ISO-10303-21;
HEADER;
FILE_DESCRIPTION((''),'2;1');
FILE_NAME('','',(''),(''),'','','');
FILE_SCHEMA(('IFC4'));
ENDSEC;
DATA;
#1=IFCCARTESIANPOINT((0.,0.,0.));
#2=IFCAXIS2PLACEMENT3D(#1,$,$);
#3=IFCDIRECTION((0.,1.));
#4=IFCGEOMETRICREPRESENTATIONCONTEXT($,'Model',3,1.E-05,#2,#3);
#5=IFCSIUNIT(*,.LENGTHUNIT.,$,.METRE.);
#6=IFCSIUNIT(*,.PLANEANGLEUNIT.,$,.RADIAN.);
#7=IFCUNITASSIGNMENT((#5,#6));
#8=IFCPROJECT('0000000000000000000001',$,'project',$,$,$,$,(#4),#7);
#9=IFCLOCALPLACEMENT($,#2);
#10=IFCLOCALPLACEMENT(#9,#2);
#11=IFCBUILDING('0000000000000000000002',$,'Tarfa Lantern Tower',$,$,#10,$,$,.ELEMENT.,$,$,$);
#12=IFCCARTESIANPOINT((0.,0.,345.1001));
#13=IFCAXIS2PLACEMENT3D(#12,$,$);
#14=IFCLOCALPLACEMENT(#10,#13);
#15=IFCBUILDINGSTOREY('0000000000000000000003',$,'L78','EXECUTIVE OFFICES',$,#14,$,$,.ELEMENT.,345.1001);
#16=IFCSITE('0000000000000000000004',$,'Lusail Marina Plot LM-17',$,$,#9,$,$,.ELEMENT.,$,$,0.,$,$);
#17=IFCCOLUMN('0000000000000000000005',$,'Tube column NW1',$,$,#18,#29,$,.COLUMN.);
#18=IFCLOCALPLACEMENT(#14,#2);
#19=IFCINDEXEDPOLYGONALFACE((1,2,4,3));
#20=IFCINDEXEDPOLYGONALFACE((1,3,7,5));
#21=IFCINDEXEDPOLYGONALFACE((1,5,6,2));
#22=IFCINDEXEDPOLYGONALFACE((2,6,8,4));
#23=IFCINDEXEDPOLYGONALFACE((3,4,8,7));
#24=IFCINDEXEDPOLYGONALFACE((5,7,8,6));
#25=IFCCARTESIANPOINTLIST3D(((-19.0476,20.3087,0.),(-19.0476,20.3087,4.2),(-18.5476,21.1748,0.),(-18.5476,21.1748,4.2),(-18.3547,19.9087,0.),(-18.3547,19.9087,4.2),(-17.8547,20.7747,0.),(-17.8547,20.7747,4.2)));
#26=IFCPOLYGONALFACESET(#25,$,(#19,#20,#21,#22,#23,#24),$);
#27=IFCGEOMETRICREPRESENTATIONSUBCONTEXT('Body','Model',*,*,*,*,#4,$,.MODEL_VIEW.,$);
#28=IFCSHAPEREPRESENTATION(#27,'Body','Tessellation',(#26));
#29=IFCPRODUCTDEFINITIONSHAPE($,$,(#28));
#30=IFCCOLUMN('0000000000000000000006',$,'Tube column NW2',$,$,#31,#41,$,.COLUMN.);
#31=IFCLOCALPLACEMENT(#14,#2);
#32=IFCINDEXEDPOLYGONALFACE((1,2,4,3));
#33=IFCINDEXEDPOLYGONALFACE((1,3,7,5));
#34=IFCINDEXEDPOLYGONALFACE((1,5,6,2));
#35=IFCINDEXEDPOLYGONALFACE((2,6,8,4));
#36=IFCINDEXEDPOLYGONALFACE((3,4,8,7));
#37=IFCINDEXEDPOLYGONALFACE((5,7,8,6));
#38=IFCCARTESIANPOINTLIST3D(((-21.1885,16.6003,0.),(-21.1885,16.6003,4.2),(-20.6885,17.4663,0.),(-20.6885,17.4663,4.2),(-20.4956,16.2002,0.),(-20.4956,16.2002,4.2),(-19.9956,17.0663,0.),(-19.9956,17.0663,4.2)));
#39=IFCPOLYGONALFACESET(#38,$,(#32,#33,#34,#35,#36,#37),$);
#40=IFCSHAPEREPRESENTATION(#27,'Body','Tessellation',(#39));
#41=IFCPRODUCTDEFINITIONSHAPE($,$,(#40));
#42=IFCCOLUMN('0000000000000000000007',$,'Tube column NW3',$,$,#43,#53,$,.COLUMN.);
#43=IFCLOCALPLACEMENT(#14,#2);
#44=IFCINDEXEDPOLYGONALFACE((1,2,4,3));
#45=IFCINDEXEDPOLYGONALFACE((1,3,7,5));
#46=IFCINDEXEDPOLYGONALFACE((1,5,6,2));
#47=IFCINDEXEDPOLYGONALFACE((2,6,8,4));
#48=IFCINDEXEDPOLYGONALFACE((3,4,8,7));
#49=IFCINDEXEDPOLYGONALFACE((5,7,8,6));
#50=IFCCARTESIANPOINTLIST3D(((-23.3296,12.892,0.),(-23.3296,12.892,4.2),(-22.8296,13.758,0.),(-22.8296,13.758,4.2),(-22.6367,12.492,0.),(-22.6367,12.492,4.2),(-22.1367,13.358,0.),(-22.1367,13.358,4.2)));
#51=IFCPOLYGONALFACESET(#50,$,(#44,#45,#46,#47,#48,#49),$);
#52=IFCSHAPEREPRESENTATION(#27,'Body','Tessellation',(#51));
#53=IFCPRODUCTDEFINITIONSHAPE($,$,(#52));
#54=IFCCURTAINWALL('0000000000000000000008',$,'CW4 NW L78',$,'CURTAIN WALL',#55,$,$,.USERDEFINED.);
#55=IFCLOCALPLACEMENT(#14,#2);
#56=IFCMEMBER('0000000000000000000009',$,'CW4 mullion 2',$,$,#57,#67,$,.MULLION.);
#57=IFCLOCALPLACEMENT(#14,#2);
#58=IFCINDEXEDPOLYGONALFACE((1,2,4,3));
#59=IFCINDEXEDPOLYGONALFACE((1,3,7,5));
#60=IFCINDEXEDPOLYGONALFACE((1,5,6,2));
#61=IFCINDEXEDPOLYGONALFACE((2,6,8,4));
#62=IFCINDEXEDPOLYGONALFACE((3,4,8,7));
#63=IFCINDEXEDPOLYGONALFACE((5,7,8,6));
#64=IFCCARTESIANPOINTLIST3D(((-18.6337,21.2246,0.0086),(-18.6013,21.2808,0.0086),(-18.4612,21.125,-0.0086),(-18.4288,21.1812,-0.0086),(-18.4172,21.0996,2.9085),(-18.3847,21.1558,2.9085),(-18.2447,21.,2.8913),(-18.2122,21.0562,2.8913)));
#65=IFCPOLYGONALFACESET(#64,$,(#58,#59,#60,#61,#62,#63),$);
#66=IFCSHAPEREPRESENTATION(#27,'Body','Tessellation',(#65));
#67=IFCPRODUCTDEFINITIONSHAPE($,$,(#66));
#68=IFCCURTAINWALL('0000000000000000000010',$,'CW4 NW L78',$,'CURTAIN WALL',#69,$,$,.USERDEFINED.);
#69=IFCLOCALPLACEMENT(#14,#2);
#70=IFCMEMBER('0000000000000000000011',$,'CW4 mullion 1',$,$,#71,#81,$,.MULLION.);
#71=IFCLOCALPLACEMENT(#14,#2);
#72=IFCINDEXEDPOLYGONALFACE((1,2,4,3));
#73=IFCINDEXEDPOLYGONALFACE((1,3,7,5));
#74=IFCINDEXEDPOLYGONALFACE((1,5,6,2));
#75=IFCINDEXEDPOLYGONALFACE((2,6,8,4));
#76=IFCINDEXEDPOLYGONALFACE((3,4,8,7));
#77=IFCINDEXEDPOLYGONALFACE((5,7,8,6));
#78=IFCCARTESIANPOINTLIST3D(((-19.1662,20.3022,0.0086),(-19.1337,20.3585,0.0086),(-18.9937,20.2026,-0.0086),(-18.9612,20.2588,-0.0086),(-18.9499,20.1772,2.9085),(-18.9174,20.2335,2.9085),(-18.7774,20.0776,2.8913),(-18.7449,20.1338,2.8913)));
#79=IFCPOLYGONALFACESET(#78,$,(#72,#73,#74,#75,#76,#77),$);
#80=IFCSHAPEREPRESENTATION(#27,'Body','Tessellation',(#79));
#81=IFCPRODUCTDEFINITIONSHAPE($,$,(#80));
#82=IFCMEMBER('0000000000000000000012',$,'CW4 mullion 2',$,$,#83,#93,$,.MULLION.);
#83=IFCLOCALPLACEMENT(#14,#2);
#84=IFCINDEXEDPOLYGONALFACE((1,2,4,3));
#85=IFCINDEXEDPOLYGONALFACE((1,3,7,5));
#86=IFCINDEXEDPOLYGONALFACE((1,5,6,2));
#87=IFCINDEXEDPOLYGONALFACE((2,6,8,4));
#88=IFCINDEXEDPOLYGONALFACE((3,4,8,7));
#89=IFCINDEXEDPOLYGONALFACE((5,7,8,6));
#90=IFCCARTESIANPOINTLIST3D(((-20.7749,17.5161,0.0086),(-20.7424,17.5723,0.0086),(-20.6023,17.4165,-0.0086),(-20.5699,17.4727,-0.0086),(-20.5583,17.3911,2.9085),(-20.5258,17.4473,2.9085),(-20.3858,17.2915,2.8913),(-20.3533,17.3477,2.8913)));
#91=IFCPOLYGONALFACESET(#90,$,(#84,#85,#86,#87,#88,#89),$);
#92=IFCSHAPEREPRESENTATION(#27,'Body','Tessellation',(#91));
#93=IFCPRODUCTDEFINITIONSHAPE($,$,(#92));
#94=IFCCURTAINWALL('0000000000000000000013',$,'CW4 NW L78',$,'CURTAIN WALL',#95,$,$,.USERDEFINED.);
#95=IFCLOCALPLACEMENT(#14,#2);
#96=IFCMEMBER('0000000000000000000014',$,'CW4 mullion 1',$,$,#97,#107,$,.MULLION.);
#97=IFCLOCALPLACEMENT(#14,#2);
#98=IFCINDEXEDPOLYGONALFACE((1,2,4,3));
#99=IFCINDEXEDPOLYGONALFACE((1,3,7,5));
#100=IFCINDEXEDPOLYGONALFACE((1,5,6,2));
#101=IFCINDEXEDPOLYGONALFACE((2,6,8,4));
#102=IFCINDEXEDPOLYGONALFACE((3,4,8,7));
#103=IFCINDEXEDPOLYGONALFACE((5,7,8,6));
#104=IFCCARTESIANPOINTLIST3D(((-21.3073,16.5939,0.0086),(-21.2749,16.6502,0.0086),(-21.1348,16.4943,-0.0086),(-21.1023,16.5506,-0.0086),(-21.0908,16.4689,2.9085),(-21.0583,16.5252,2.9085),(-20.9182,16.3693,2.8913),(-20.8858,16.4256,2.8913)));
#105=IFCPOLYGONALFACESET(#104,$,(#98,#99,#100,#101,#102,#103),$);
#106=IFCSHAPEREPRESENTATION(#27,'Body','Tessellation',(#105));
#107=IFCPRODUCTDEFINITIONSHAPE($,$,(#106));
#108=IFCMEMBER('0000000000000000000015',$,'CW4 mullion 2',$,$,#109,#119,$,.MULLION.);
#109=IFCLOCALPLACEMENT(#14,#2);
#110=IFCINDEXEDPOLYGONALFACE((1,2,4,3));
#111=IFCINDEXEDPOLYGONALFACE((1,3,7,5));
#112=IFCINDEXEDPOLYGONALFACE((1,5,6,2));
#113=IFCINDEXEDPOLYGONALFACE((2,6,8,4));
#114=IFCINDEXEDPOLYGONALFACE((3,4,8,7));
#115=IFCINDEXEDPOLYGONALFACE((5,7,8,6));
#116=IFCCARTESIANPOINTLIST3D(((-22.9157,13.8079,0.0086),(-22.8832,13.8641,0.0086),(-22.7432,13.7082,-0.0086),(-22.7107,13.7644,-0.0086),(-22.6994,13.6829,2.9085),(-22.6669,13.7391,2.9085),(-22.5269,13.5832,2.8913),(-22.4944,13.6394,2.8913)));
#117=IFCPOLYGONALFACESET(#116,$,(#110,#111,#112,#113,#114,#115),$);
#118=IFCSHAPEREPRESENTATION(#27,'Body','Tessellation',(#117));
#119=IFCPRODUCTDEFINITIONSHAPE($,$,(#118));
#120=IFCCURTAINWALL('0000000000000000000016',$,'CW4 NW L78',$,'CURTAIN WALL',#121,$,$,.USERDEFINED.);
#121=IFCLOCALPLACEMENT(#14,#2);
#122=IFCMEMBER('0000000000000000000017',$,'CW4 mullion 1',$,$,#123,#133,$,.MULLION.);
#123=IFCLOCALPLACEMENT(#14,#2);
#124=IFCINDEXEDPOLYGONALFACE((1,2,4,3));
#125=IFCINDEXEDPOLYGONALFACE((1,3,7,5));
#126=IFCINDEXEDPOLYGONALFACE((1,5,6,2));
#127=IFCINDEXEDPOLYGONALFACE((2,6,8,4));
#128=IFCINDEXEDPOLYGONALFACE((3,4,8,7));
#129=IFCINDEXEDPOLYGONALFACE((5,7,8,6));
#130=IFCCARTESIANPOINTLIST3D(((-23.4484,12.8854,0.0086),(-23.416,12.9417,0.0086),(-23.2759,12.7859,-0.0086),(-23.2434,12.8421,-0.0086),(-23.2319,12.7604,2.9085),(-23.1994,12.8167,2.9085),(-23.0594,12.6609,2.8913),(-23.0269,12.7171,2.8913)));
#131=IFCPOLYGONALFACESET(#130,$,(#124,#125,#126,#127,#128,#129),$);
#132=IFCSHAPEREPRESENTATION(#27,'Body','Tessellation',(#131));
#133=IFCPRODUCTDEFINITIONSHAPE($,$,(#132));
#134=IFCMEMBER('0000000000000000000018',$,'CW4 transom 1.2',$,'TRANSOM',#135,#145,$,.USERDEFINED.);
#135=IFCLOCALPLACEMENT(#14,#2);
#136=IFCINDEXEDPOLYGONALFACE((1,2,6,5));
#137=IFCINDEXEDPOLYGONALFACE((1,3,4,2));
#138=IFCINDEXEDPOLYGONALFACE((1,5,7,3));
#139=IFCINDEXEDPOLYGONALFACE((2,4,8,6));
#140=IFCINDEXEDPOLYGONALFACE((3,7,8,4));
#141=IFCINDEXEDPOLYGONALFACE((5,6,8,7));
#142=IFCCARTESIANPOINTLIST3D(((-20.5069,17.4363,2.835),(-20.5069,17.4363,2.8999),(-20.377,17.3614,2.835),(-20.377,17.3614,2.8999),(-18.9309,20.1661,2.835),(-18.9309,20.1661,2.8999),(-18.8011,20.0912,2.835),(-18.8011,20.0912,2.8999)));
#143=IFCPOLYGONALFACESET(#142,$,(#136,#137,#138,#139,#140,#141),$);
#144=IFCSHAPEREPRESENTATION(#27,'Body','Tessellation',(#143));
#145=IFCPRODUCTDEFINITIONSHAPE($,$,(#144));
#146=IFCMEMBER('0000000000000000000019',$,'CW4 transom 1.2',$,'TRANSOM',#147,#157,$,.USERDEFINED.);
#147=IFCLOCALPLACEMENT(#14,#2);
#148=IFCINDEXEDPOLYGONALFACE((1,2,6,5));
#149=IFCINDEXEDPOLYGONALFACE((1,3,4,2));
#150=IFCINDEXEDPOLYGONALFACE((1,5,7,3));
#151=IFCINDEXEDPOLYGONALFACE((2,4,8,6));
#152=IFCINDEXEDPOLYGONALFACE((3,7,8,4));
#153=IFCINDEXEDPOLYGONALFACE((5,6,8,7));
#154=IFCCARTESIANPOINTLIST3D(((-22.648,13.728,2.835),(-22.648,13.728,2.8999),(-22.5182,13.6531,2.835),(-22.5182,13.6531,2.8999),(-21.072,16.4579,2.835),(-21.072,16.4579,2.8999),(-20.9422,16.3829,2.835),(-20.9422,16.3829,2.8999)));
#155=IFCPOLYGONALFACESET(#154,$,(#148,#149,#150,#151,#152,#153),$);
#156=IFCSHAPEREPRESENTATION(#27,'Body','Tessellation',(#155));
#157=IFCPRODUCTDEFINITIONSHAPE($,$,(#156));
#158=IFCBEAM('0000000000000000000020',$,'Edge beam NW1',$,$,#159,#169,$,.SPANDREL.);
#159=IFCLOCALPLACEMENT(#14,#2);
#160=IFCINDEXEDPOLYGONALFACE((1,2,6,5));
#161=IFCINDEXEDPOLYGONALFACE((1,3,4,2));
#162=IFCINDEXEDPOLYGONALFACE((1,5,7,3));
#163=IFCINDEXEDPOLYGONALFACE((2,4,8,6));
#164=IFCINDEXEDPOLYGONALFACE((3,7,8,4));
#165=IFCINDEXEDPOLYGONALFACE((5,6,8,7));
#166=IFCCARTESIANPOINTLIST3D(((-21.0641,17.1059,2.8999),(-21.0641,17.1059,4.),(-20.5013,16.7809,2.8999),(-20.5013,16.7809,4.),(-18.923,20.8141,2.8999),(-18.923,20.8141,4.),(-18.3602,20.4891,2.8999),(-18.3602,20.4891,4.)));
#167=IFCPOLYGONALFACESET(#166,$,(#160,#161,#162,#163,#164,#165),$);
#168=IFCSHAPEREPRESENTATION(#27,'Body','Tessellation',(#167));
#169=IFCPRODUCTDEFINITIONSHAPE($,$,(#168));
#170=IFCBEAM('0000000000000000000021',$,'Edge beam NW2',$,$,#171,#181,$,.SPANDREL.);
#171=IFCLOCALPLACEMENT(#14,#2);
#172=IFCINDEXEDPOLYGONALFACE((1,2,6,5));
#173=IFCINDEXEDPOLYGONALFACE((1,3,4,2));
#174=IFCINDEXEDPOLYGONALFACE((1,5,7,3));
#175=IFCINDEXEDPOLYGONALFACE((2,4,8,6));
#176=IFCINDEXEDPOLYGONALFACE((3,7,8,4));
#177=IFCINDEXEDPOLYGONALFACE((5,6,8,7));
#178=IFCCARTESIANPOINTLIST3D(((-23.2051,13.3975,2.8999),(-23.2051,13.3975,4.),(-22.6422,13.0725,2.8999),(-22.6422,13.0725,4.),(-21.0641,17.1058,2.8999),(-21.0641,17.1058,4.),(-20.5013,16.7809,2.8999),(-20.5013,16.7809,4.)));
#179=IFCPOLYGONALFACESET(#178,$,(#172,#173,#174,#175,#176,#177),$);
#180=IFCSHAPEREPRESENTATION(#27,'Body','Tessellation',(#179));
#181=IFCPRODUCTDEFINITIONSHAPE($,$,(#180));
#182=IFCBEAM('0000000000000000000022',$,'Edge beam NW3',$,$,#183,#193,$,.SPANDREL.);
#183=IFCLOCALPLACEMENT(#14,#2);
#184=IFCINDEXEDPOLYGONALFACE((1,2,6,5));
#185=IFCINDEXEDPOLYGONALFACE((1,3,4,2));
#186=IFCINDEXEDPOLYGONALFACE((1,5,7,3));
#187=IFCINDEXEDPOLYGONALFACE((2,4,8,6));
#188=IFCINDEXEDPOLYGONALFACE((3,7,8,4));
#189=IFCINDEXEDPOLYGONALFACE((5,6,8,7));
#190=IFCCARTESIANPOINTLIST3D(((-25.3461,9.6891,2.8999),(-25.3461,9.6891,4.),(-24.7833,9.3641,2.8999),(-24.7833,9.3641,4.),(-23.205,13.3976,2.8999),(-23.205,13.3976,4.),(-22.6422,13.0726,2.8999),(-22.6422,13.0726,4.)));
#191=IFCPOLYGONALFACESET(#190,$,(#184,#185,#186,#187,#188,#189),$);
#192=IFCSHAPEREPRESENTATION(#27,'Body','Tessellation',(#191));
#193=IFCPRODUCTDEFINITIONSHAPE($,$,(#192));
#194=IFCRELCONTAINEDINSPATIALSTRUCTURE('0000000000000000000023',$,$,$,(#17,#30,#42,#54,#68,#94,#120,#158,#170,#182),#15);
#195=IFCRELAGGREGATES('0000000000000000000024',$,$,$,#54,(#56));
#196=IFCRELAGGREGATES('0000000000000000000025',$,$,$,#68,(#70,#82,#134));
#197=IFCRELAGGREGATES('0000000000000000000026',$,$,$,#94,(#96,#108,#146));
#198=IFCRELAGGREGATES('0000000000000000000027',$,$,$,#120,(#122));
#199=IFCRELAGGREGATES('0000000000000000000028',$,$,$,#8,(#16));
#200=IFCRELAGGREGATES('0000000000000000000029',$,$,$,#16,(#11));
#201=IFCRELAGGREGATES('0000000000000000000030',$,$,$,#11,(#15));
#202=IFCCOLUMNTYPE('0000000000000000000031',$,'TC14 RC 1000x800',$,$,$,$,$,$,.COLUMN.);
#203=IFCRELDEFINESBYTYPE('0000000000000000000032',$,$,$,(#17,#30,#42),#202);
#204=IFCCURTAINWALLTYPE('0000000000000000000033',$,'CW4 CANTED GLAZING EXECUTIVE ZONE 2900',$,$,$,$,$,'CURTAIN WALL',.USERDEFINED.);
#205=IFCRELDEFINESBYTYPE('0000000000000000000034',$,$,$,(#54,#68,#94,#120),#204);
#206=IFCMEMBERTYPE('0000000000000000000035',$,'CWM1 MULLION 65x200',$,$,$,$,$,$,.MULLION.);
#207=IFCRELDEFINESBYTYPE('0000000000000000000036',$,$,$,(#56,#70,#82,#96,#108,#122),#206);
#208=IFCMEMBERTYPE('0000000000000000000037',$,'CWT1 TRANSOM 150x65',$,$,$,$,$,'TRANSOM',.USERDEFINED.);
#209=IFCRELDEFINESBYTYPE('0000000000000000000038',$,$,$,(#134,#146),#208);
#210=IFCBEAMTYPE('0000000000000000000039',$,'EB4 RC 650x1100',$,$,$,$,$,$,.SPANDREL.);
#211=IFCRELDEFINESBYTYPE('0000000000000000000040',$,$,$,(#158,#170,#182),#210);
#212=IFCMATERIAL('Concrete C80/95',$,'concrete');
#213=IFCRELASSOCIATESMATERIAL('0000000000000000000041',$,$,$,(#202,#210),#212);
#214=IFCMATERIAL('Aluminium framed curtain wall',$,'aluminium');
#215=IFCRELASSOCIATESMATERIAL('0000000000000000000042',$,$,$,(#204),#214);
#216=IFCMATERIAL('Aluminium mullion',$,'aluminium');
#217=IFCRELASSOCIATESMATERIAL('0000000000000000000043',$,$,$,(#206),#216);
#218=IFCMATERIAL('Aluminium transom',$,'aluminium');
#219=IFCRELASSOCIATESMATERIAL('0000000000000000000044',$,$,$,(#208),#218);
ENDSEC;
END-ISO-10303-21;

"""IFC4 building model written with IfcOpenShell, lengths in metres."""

from ifc_helpers import new_model, si_unit, direction, frame, origin, origin_2d, place, context, subcontext, project, spatial, rectangle, extrude, material, material_profile, profile_set, type_object, element, aggregate, save


model = new_model("IFC4")

# Units and contexts
model_context = context("Model", 3, precision=1e-05, world=origin(), true_north=direction((0.0, 1.0)))
body_context = subcontext(model_context, "Body", "Model", "MODEL_VIEW")
ifc_project = project(units=[si_unit("LENGTHUNIT", "METRE"), si_unit("PLANEANGLEUNIT", "RADIAN")], contexts=[model_context])

# Site, building, storey
site_placement = place(None, origin())
site = spatial("IfcSite", under=ifc_project, at=site_placement, Name="Lusail Marina Plot LM-17", CompositionType="ELEMENT", RefElevation=0.0)
building_placement = place(site_placement, origin())
building = spatial("IfcBuilding", under=site, at=building_placement, Name="Tarfa Lantern Tower", CompositionType="ELEMENT")
storey_placement = place(building_placement, frame((0.0, 0.0, 345.1001)))
storey = spatial("IfcBuildingStorey", under=building, at=storey_placement, Name="L78", Description="EXECUTIVE OFFICES", CompositionType="ELEMENT", Elevation=345.1001)

# Columns
ifc_material_1 = material(Name="Concrete C80/95", Category="concrete")
ifc_material_profile_1 = material_profile(ifc_material_1, rectangle(XDim=1.0, YDim=0.8, at=origin_2d()), Name="RC 1000x800")
ifc_profile_set_1 = profile_set([ifc_material_profile_1], Name="Concrete C80/95")
column_type = type_object("IfcColumnType", Name="TC14 RC 1000x800", PredefinedType="COLUMN", material=ifc_profile_set_1)
for number, where, z_axis, x_axis, name in (
    (1, (-18.4512, 20.5417, 0.0), (0.0, 0.0, 1.0), (-0.5, -0.866025, 0.0), "Tube column NW1"),
    (2, (-20.592, 16.8333, 0.0), (0.0, 0.0, 1.0), (-0.5, -0.866025, 0.0), "Tube column NW2"),
    (3, (-22.7332, 13.125, 0.0), (0.0, 0.0, 1.0), (-0.5, -0.866025, 0.0), "Tube column NW3"),
):
    element("IfcColumn", number, at=place(storey_placement, frame(where, z_axis=z_axis, x_axis=x_axis)), inside=storey, type_object=column_type, Name=name, PredefinedType="COLUMN", context=body_context, shape_type="SweptSolid", body=[
        extrude(rectangle(XDim=1.0, YDim=0.8, at=origin_2d()), origin(), (0.0, 0.0, 1.0), 4.2),
    ])

# Curtain wall, member
ifc_material_2 = material(Name="Aluminium framed curtain wall", Category="aluminium")
curtain_wall_type = type_object("IfcCurtainWallType", Name="CW4 CANTED GLAZING EXECUTIVE ZONE 2900", ElementType="CURTAIN WALL", PredefinedType="USERDEFINED", material=ifc_material_2)
curtain_wall_1_placement = place(storey_placement, origin())
curtain_wall_1 = element("IfcCurtainWall", 4, at=curtain_wall_1_placement, inside=storey, type_object=curtain_wall_type, Name="CW4 NW L78", ObjectType="CURTAIN WALL", PredefinedType="USERDEFINED")
ifc_material_3 = material(Name="Aluminium mullion", Category="aluminium")
ifc_material_profile_2 = material_profile(ifc_material_3, rectangle(XDim=0.0649, YDim=0.2, at=origin_2d()), Name="AL MULLION 65x200")
ifc_profile_set_2 = profile_set([ifc_material_profile_2], Name="Aluminium mullion")
member_type_1 = type_object("IfcMemberType", Name="CWM1 MULLION 65x200", PredefinedType="MULLION", material=ifc_profile_set_2)
member_1_placement = place(storey_placement, frame((-18.5312, 21.2029, 0.0), z_axis=(0.0744, -0.042946, 0.996303), x_axis=(0.49992, 0.866072, 0.0)))
member_1 = element("IfcMember", 5, at=member_1_placement, type_object=member_type_1, Name="CW4 mullion 2", PredefinedType="MULLION", context=body_context, shape_type="SweptSolid", body=[
    extrude(rectangle(XDim=0.0649, YDim=0.2, at=origin_2d()), origin(), (0.0, 0.0, 1.0), 2.9106),
])
aggregate(curtain_wall_1, [member_1])

# Curtain walls, members
curtain_wall_2_placement = place(storey_placement, origin())
curtain_wall_2 = element("IfcCurtainWall", 6, at=curtain_wall_2_placement, inside=storey, type_object=curtain_wall_type, Name="CW4 NW L78", ObjectType="CURTAIN WALL", PredefinedType="USERDEFINED")
member_2_placement = place(storey_placement, frame((-19.0637, 20.2805, 0.0), z_axis=(0.074316, -0.042946, 0.99631), x_axis=(0.500343, 0.865827, 0.0)))
member_2 = element("IfcMember", 7, at=member_2_placement, type_object=member_type_1, Name="CW4 mullion 1", PredefinedType="MULLION", context=body_context, shape_type="SweptSolid", body=[
    extrude(rectangle(XDim=0.0649, YDim=0.2, at=origin_2d()), origin(), (0.0, 0.0, 1.0), 2.9106),
])
member_3_placement = place(storey_placement, frame((-20.6724, 17.4944, 0.0), z_axis=(0.0744, -0.042946, 0.996303), x_axis=(0.49992, 0.866072, 0.0)))
member_3 = element("IfcMember", 8, at=member_3_placement, type_object=member_type_1, Name="CW4 mullion 2", PredefinedType="MULLION", context=body_context, shape_type="SweptSolid", body=[
    extrude(rectangle(XDim=0.0649, YDim=0.2, at=origin_2d()), origin(), (0.0, 0.0, 1.0), 2.9106),
])
curtain_wall_3_placement = place(storey_placement, origin())
curtain_wall_3 = element("IfcCurtainWall", 9, at=curtain_wall_3_placement, inside=storey, type_object=curtain_wall_type, Name="CW4 NW L78", ObjectType="CURTAIN WALL", PredefinedType="USERDEFINED")
member_4_placement = place(storey_placement, frame((-21.2048, 16.5723, 0.0), z_axis=(0.0744, -0.042946, 0.996303), x_axis=(0.49992, 0.866072, 0.0)))
member_4 = element("IfcMember", 10, at=member_4_placement, type_object=member_type_1, Name="CW4 mullion 1", PredefinedType="MULLION", context=body_context, shape_type="SweptSolid", body=[
    extrude(rectangle(XDim=0.0649, YDim=0.2, at=origin_2d()), origin(), (0.0, 0.0, 1.0), 2.9106),
])
member_5_placement = place(storey_placement, frame((-22.8132, 13.7861, 0.0), z_axis=(0.074316, -0.042946, 0.99631), x_axis=(0.500343, 0.865827, 0.0)))
member_5 = element("IfcMember", 11, at=member_5_placement, type_object=member_type_1, Name="CW4 mullion 2", PredefinedType="MULLION", context=body_context, shape_type="SweptSolid", body=[
    extrude(rectangle(XDim=0.0649, YDim=0.2, at=origin_2d()), origin(), (0.0, 0.0, 1.0), 2.9106),
])

# Curtain wall, member
curtain_wall_4_placement = place(storey_placement, origin())
curtain_wall_4 = element("IfcCurtainWall", 12, at=curtain_wall_4_placement, inside=storey, type_object=curtain_wall_type, Name="CW4 NW L78", ObjectType="CURTAIN WALL", PredefinedType="USERDEFINED")
member_6_placement = place(storey_placement, frame((-23.3459, 12.8638, 0.0), z_axis=(0.0744, -0.042946, 0.996303), x_axis=(0.49992, 0.866072, 0.0)))
member_6 = element("IfcMember", 13, at=member_6_placement, type_object=member_type_1, Name="CW4 mullion 1", PredefinedType="MULLION", context=body_context, shape_type="SweptSolid", body=[
    extrude(rectangle(XDim=0.0649, YDim=0.2, at=origin_2d()), origin(), (0.0, 0.0, 1.0), 2.9106),
])

# Members
ifc_material_4 = material(Name="Aluminium transom", Category="aluminium")
ifc_material_profile_3 = material_profile(ifc_material_4, rectangle(XDim=0.1499, YDim=0.0649, at=origin_2d()), Name="AL TRANSOM 150x65")
ifc_profile_set_3 = profile_set([ifc_material_profile_3], Name="Aluminium transom")
member_type_2 = type_object("IfcMemberType", Name="CWT1 TRANSOM 150x65", ElementType="TRANSOM", PredefinedType="USERDEFINED", material=ifc_profile_set_3)
member_7_placement = place(storey_placement, frame((-18.866, 20.1287, 2.8674), z_axis=(-0.499979, -0.866037, 0.0), x_axis=(0.866037, -0.499979, 0.0)))
member_7 = element("IfcMember", 14, at=member_7_placement, type_object=member_type_2, Name="CW4 transom 1.2", ObjectType="TRANSOM", PredefinedType="USERDEFINED", context=body_context, shape_type="SweptSolid", body=[
    extrude(rectangle(XDim=0.1499, YDim=0.0649, at=origin_2d()), origin(), (0.0, 0.0, 1.0), 3.1521),
])
member_8_placement = place(storey_placement, frame((-21.0071, 16.4204, 2.8674), z_axis=(-0.499979, -0.866037, 0.0), x_axis=(0.866037, -0.499979, 0.0)))
member_8 = element("IfcMember", 15, at=member_8_placement, type_object=member_type_2, Name="CW4 transom 1.2", ObjectType="TRANSOM", PredefinedType="USERDEFINED", context=body_context, shape_type="SweptSolid", body=[
    extrude(rectangle(XDim=0.1499, YDim=0.0649, at=origin_2d()), origin(), (0.0, 0.0, 1.0), 3.1521),
])

# Beams
ifc_material_profile_4 = material_profile(ifc_material_1, rectangle(XDim=0.6499, YDim=1.1001, at=origin_2d()), Name="RC 650x1100")
ifc_profile_set_4 = profile_set([ifc_material_profile_4], Name="Concrete C80/95")
beam_type_1 = type_object("IfcBeamType", Name="EB4 RC 650x1100", PredefinedType="SPANDREL", material=ifc_profile_set_4)
for number, where, z_axis, x_axis, name in (
    (16, (-18.6416, 20.6516, 3.45), (-0.500027, -0.86601, 0.0), (0.86601, -0.500027, 0.0), "Edge beam NW1"),
    (17, (-20.7827, 16.9434, 3.45), (-0.499984, -0.866035, 0.0), (0.866035, -0.499984, 0.0), "Edge beam NW2"),
):
    element("IfcBeam", number, at=place(storey_placement, frame(where, z_axis=z_axis, x_axis=x_axis)), inside=storey, type_object=beam_type_1, Name=name, PredefinedType="SPANDREL", context=body_context, shape_type="SweptSolid", body=[
        extrude(rectangle(XDim=0.6499, YDim=1.1001, at=origin_2d()), origin(), (0.0, 0.0, 1.0), 4.282),
    ])
beam_1_placement = place(storey_placement, frame((-22.9236, 13.2351, 3.45), z_axis=(-0.500002, -0.866024, 0.0), x_axis=(0.866024, -0.500002, 0.0)))
element("IfcBeam", 18, at=beam_1_placement, inside=storey, type_object=beam_type_1, Name="Edge beam NW3", PredefinedType="SPANDREL", context=body_context, shape_type="SweptSolid", body=[
    extrude(rectangle(XDim=0.6499, YDim=1.1001, at=origin_2d()), origin(), (0.0, 0.0, 1.0), 4.2822),
])

aggregate(curtain_wall_2, [member_2, member_3, member_7])
aggregate(curtain_wall_3, [member_4, member_5, member_8])
aggregate(curtain_wall_4, [member_6])

save(model, "model.ifc")
